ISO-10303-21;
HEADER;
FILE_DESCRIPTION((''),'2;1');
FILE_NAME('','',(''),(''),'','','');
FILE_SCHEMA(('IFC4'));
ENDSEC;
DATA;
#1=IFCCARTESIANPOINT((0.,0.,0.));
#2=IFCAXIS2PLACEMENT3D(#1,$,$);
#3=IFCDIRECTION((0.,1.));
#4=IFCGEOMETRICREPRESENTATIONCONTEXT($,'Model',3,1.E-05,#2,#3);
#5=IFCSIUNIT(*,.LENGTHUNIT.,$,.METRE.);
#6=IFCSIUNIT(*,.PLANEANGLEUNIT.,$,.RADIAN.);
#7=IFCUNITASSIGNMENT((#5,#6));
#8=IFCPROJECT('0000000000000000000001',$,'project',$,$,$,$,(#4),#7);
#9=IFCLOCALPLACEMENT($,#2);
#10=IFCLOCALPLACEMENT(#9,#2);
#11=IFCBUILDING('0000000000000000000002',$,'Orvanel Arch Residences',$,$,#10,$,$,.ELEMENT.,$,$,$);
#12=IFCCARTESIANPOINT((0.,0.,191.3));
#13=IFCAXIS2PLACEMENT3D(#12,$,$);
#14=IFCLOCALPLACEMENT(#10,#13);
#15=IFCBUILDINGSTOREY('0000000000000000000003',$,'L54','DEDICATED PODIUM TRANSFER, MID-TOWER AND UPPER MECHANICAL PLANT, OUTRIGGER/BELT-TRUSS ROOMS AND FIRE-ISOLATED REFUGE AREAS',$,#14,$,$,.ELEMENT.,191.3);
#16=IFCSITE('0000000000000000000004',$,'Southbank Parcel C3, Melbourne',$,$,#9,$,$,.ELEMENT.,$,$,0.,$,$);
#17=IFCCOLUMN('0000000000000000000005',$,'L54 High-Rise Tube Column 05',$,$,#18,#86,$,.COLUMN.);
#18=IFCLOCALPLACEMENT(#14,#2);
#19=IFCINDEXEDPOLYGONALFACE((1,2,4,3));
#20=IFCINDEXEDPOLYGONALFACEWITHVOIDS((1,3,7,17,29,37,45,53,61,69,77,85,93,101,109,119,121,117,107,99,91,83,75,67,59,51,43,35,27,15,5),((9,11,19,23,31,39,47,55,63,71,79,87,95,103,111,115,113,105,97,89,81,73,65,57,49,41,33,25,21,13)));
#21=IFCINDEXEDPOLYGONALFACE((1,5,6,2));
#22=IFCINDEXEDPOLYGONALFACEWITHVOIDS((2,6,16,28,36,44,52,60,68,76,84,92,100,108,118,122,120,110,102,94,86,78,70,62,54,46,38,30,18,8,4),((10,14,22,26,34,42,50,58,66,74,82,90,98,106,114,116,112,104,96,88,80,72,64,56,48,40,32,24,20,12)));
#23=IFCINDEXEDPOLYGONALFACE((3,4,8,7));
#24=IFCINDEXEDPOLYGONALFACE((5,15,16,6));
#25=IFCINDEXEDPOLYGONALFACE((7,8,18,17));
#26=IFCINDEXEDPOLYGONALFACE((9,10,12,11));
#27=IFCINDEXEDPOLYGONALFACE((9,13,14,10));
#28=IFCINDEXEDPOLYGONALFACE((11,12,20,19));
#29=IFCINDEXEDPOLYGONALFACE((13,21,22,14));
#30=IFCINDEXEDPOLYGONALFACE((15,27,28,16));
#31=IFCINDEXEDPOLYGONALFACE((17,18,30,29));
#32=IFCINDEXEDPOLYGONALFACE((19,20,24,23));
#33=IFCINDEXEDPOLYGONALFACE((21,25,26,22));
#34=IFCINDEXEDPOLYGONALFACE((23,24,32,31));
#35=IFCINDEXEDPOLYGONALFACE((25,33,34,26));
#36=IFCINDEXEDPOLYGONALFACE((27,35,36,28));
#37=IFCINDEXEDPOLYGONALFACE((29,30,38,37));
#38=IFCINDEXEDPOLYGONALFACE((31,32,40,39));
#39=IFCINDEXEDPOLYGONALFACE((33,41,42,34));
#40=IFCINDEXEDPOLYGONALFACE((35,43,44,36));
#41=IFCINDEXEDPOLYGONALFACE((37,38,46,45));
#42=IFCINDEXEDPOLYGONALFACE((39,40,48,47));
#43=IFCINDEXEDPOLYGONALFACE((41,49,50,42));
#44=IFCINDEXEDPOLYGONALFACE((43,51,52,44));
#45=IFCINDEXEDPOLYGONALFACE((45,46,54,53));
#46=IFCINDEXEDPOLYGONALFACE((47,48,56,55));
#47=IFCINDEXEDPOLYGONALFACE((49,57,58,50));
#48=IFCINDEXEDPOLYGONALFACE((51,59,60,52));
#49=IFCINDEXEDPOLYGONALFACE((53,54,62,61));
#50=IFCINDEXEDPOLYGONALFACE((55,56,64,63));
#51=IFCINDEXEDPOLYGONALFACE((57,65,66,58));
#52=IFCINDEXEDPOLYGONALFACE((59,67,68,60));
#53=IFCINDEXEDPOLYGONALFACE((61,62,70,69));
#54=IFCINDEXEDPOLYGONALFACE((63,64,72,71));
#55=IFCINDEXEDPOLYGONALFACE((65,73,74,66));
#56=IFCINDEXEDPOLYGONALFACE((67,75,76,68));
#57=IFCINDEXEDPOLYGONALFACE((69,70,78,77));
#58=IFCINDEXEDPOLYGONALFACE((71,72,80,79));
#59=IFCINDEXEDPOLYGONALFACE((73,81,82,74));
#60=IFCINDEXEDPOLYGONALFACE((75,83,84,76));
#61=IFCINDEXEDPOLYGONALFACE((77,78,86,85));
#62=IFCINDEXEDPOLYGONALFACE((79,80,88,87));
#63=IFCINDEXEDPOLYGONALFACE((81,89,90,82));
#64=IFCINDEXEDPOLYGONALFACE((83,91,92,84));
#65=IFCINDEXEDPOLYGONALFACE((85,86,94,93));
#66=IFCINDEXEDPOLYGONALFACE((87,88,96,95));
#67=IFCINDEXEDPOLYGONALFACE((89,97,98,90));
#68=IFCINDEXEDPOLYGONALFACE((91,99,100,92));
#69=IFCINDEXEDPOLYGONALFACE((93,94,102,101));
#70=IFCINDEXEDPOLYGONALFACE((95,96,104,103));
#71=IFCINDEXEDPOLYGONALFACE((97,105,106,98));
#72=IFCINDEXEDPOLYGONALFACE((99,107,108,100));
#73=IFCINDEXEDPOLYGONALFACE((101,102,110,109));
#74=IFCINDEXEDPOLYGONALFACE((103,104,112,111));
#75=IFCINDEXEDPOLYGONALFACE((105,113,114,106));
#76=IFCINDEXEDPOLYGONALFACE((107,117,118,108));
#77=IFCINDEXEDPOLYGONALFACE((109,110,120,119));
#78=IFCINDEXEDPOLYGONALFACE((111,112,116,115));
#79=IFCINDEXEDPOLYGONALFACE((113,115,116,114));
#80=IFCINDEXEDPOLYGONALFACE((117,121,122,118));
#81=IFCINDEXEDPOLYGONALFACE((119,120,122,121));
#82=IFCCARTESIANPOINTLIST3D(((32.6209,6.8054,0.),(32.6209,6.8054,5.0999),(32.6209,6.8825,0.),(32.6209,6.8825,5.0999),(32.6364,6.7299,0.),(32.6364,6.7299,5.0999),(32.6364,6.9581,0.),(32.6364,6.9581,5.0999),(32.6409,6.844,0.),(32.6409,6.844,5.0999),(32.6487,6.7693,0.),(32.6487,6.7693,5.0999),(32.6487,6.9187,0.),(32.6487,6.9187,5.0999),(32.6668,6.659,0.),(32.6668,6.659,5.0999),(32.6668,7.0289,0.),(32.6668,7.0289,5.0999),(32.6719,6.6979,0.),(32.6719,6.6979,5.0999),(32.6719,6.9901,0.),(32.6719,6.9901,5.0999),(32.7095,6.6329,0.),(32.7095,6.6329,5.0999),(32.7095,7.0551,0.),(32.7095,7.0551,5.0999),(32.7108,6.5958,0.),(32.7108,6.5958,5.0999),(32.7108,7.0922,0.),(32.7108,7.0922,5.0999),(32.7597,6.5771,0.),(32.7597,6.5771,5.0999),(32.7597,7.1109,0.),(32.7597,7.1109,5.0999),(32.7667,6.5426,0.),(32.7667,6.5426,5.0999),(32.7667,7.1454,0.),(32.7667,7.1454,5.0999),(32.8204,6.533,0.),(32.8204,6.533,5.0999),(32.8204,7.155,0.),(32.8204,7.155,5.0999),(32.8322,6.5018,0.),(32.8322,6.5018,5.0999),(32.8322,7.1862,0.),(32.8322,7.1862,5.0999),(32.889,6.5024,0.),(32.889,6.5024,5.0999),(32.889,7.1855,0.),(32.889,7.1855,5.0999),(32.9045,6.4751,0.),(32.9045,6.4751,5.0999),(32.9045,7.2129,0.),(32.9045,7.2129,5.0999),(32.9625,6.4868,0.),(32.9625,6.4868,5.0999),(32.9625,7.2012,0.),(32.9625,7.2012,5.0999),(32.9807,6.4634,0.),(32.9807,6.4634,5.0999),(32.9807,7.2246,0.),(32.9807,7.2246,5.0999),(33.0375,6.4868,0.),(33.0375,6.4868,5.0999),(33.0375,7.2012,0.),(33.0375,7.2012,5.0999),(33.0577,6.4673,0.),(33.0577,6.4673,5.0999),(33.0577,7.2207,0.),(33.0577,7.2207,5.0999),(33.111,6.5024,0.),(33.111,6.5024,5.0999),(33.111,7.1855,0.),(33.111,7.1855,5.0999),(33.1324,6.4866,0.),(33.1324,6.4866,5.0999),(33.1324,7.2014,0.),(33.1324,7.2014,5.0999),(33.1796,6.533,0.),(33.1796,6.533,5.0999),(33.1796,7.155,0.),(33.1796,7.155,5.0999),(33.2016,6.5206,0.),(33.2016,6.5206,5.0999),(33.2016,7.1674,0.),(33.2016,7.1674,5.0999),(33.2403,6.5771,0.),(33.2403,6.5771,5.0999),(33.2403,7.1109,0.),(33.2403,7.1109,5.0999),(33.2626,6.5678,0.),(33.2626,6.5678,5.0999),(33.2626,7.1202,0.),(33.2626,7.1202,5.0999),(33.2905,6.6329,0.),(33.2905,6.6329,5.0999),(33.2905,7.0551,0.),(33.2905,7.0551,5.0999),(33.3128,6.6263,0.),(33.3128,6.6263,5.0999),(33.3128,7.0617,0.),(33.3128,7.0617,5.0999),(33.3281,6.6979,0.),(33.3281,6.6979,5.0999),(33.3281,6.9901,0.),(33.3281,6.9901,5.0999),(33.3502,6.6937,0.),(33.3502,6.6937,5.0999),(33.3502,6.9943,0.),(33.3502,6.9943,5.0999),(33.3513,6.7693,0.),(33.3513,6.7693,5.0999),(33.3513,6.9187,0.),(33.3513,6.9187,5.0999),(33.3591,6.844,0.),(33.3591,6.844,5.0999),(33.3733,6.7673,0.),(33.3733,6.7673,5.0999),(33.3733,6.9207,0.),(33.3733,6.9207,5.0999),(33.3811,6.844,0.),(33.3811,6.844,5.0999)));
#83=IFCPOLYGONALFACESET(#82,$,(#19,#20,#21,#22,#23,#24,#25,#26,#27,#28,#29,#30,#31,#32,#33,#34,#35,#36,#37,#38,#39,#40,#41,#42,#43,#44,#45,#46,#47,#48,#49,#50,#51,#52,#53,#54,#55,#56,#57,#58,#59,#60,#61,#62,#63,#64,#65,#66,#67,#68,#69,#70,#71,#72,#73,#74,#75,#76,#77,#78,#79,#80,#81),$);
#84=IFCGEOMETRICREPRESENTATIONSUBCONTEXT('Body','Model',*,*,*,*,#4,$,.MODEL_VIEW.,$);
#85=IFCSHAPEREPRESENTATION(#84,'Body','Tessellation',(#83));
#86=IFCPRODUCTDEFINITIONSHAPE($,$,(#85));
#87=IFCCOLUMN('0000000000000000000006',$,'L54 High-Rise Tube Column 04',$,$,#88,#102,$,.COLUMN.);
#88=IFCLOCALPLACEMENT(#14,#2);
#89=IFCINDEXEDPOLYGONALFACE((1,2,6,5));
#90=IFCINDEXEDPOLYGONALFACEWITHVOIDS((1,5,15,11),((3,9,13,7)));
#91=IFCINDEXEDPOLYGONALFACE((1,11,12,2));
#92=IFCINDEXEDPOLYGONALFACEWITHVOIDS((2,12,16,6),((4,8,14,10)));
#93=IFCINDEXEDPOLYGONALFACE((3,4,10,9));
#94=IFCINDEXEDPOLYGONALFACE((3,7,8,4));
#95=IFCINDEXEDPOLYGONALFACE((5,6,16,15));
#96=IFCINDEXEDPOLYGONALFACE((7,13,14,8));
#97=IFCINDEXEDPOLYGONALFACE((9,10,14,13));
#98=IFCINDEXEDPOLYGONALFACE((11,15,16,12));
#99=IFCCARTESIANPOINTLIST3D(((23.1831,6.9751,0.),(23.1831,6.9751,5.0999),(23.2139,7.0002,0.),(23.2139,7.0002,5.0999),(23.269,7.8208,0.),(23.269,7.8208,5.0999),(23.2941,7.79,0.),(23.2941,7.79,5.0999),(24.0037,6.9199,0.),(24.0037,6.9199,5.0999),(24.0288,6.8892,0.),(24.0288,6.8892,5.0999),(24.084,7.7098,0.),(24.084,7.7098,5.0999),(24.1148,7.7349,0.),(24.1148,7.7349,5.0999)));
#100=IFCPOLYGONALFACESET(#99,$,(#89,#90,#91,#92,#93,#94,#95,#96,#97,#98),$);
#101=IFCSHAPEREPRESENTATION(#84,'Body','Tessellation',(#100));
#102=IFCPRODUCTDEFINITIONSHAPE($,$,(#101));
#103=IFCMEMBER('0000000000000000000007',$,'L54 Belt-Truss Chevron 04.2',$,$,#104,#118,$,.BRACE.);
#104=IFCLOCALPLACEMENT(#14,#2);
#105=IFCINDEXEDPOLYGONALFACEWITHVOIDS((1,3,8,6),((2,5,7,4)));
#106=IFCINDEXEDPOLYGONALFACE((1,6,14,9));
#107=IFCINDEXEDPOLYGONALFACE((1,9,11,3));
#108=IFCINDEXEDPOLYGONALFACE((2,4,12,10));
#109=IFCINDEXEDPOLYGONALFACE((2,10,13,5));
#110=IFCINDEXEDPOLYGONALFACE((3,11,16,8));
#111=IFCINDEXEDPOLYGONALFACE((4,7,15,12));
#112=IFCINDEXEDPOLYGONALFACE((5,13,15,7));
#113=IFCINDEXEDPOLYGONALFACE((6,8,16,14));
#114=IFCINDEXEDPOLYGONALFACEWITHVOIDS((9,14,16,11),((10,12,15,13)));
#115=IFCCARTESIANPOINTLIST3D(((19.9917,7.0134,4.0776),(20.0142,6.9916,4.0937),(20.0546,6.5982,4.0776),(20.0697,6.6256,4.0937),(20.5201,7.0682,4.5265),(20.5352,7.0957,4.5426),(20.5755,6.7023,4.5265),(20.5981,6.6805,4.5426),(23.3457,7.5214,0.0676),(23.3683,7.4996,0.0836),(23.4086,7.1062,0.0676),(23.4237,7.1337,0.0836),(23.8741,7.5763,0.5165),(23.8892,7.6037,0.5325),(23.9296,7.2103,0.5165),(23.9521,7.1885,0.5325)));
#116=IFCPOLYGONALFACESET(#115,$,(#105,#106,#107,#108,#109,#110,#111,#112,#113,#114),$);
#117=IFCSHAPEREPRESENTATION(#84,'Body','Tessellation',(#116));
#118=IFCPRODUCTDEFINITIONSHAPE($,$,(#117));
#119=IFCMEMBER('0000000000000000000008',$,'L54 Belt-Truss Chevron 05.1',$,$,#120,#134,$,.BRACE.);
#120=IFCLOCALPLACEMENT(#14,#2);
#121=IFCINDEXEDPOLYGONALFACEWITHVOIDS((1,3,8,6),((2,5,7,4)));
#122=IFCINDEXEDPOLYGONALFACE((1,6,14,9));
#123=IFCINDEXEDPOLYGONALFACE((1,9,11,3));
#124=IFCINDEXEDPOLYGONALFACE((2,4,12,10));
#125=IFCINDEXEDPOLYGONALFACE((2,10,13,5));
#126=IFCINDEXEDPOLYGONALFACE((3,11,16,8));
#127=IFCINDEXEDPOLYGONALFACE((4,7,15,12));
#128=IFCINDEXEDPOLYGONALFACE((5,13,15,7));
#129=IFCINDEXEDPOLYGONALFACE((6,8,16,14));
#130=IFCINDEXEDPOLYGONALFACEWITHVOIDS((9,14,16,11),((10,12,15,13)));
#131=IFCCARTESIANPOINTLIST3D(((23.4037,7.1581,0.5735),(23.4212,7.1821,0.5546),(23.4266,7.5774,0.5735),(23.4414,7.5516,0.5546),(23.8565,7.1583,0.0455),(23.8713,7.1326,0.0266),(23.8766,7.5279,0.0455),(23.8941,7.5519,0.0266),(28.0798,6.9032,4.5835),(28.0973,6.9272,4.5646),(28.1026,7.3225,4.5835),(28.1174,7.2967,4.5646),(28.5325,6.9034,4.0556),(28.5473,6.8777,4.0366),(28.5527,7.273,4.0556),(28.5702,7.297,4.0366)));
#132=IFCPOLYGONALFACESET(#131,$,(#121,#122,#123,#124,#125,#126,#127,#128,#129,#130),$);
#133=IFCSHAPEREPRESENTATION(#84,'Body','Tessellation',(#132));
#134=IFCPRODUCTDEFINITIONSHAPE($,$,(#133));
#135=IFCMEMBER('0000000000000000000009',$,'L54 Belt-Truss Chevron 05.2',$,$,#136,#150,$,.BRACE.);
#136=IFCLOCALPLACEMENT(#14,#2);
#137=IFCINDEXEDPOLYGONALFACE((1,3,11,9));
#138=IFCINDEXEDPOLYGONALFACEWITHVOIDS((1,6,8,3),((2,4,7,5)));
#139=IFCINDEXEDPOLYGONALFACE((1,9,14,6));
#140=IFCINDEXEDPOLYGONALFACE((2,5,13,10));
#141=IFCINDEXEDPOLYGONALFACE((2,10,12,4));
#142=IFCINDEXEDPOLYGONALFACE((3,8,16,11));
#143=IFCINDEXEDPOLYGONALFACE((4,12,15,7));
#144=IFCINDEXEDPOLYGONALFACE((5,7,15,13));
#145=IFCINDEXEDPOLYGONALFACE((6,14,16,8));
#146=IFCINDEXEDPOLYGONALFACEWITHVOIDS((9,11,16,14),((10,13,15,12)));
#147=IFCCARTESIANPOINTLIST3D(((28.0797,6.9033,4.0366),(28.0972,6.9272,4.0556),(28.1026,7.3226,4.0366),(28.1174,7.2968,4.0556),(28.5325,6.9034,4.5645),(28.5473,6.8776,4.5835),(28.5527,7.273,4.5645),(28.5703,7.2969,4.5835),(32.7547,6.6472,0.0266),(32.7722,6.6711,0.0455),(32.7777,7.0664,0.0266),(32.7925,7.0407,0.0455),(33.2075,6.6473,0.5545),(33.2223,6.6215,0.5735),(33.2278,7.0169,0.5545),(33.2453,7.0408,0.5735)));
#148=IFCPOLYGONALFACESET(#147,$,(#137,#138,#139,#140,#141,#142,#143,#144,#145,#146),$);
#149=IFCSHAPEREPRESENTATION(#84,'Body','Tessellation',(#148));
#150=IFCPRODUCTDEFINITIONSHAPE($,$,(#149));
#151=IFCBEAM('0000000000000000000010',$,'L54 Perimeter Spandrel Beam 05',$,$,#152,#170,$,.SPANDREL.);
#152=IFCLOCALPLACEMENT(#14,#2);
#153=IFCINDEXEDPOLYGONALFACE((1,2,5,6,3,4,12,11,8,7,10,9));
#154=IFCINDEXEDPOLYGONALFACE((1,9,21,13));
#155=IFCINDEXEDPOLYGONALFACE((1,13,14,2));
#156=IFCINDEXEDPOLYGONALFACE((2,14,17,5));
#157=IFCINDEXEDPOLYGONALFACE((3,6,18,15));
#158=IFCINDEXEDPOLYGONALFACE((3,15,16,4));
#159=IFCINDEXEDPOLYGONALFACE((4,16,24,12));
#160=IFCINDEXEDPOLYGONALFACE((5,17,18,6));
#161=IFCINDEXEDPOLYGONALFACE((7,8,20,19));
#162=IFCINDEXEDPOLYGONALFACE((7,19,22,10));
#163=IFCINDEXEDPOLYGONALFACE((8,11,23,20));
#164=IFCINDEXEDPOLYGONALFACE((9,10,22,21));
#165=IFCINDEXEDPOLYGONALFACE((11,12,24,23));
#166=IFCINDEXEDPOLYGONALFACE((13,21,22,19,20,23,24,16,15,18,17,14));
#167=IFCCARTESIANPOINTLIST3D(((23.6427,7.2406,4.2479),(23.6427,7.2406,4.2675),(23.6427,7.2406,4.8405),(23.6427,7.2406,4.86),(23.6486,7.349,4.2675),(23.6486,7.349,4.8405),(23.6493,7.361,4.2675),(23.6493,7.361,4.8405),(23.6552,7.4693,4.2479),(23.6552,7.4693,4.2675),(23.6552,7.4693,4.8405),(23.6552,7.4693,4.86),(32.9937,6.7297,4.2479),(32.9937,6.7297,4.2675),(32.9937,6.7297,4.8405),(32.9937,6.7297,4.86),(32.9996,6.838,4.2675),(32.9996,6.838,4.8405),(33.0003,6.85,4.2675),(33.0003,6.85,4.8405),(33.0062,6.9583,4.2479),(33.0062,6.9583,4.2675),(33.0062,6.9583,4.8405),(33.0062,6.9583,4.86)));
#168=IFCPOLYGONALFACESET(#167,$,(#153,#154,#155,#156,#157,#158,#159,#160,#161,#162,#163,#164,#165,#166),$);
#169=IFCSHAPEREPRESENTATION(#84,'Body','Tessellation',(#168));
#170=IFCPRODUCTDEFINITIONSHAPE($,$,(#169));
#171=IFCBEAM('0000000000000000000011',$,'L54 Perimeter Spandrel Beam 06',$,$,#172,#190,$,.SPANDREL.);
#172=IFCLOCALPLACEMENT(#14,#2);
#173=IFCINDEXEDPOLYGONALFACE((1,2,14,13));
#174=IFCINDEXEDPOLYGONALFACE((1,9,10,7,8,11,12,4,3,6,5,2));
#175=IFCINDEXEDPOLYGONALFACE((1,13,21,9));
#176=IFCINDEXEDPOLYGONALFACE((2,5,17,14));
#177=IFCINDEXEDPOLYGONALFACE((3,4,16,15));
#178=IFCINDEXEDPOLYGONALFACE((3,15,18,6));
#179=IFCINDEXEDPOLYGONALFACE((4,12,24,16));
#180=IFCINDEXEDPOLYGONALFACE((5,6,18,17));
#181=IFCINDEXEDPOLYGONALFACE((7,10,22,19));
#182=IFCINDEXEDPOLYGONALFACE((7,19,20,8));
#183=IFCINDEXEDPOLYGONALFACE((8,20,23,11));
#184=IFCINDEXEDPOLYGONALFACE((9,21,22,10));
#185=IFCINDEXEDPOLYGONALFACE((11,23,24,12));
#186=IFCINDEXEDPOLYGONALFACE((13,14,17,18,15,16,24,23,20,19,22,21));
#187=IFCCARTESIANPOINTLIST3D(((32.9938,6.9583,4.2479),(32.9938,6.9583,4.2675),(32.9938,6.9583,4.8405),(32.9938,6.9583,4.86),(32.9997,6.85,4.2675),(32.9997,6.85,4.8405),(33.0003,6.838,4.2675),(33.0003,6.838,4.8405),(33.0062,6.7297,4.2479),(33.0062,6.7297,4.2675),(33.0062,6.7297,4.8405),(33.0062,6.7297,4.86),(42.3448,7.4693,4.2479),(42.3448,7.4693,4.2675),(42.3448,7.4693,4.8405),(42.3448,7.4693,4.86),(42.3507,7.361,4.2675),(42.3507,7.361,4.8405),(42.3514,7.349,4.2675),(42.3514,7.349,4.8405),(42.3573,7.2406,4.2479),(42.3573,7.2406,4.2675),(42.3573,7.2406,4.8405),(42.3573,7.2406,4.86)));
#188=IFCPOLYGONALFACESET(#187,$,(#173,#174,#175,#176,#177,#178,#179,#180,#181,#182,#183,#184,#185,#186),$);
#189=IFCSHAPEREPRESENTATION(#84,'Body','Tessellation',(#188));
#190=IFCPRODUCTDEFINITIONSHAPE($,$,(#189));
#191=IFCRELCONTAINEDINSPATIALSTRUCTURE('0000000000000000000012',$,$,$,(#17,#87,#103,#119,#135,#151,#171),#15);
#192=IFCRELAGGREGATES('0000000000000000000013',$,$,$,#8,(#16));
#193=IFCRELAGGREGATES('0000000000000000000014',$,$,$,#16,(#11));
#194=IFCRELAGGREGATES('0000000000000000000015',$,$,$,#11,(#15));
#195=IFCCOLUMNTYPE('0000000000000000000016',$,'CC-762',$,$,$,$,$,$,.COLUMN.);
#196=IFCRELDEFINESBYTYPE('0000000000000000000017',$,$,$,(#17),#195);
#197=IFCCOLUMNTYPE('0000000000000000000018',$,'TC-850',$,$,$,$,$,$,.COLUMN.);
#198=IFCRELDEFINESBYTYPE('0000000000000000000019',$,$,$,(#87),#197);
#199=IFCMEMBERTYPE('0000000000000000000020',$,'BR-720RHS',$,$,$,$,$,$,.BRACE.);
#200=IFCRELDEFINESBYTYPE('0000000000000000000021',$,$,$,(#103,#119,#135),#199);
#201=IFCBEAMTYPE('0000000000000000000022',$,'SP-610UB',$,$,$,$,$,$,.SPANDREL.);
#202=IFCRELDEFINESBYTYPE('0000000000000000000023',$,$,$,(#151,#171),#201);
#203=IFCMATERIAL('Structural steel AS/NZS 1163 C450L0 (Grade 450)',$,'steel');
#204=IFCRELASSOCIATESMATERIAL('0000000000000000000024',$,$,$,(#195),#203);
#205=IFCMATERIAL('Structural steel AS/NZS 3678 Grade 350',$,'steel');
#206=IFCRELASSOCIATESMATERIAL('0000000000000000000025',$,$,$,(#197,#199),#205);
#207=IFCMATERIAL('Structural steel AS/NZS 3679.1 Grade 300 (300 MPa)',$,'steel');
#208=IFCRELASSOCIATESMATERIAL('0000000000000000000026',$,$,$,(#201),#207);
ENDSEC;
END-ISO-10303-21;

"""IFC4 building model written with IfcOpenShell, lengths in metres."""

from ifc_helpers import new_model, si_unit, direction, frame, origin, origin_2d, place, context, subcontext, project, spatial, hollow_rectangle, hollow_circle, i_section, extrude, material, material_profile, profile_set, type_object, element, save


model = new_model("IFC4")

# Units and contexts
model_context = context("Model", 3, precision=1e-05, world=origin(), true_north=direction((0.0, 1.0)))
body_context = subcontext(model_context, "Body", "Model", "MODEL_VIEW")
ifc_project = project(units=[si_unit("LENGTHUNIT", "METRE"), si_unit("PLANEANGLEUNIT", "RADIAN")], contexts=[model_context])

# Site, building, storey
site_placement = place(None, origin())
site = spatial("IfcSite", under=ifc_project, at=site_placement, Name="Southbank Parcel C3, Melbourne", CompositionType="ELEMENT", RefElevation=0.0)
building_placement = place(site_placement, origin())
building = spatial("IfcBuilding", under=site, at=building_placement, Name="Orvanel Arch Residences", CompositionType="ELEMENT")
storey_placement = place(building_placement, frame((0.0, 0.0, 191.3)))
storey = spatial("IfcBuildingStorey", under=building, at=storey_placement, Name="L54", Description="DEDICATED PODIUM TRANSFER, MID-TOWER AND UPPER MECHANICAL PLANT, OUTRIGGER/BELT-TRUSS ROOMS AND FIRE-ISOLATED REFUGE AREAS", CompositionType="ELEMENT", Elevation=191.3)

# Columns
ifc_material_1 = material(Name="Structural steel AS/NZS 1163 C450L0 (Grade 450)", Category="steel")
ifc_material_profile_1 = material_profile(ifc_material_1, hollow_circle(Radius=0.3811, WallThickness=0.022, at=origin_2d()), Name="CHS762x22")
ifc_profile_set_1 = profile_set([ifc_material_profile_1], Name="Structural steel AS/NZS 1163 C450L0 (Grade 450)")
column_type_1 = type_object("IfcColumnType", Name="CC-762", PredefinedType="COLUMN", material=ifc_profile_set_1)
column_1_placement = place(storey_placement, frame((33.0, 6.844, 0.0), z_axis=(0.0, 0.0, 1.0), x_axis=(1.0, 0.0, 0.0)))
element("IfcColumn", 1, at=column_1_placement, inside=storey, type_object=column_type_1, Name="L54 High-Rise Tube Column 05", PredefinedType="COLUMN", context=body_context, shape_type="SweptSolid", body=[
    extrude(hollow_circle(Radius=0.3811, WallThickness=0.022, at=origin_2d()), origin(), (0.0, 0.0, 1.0), 5.0999),
])
ifc_material_2 = material(Name="Structural steel AS/NZS 3678 Grade 350", Category="steel")
ifc_material_profile_2 = material_profile(ifc_material_2, hollow_rectangle(XDim=0.8501, YDim=0.8501, WallThickness=0.0281, at=origin_2d()), Name="BOX850x850x28")
ifc_profile_set_2 = profile_set([ifc_material_profile_2], Name="Structural steel AS/NZS 3678 Grade 350")
column_type_2 = type_object("IfcColumnType", Name="TC-850", PredefinedType="COLUMN", material=ifc_profile_set_2)
column_2_placement = place(storey_placement, frame((23.6489, 7.355, 0.0), z_axis=(0.0, 0.0, 1.0), x_axis=(-0.994881, 0.101056, 0.0)))
element("IfcColumn", 2, at=column_2_placement, inside=storey, type_object=column_type_2, Name="L54 High-Rise Tube Column 04", PredefinedType="COLUMN", context=body_context, shape_type="SweptSolid", body=[
    extrude(hollow_rectangle(XDim=0.8501, YDim=0.8501, WallThickness=0.0281, at=origin_2d()), origin(), (0.0, 0.0, 1.0), 5.0999),
])

# Members
ifc_material_profile_3 = material_profile(ifc_material_2, hollow_rectangle(XDim=0.4199, YDim=0.72, WallThickness=0.0249, at=origin_2d()), Name="RHS720x420x25")
ifc_profile_set_3 = profile_set([ifc_material_profile_3], Name="Structural steel AS/NZS 3678 Grade 350")
member_type_1 = type_object("IfcMemberType", Name="BR-720RHS", PredefinedType="BRACE", material=ifc_profile_set_3)
member_1_placement = place(storey_placement, frame((23.6489, 7.355, 0.3), z_axis=(-0.638567, -0.096729, 0.763463), x_axis=(0.149769, -0.988721, 0.0)))
element("IfcMember", 3, at=member_1_placement, inside=storey, type_object=member_type_1, Name="L54 Belt-Truss Chevron 04.2", PredefinedType="BRACE", context=body_context, shape_type="SweptSolid", body=[
    extrude(hollow_rectangle(XDim=0.4199, YDim=0.72, WallThickness=0.0249, at=origin_2d()), origin(), (0.0, 0.0, 1.0), 5.2524),
])
member_2_placement = place(storey_placement, frame((23.6489, 7.355, 0.3), z_axis=(0.758448, -0.041342, 0.650421), x_axis=(0.054428, 0.998518, 0.0)))
element("IfcMember", 4, at=member_2_placement, inside=storey, type_object=member_type_1, Name="L54 Belt-Truss Chevron 05.1", PredefinedType="BRACE", context=body_context, shape_type="SweptSolid", body=[
    extrude(hollow_rectangle(XDim=0.4199, YDim=0.72, WallThickness=0.0249, at=origin_2d()), origin(), (0.0, 0.0, 1.0), 6.1653),
])
member_3_placement = place(storey_placement, frame((33.0, 6.844, 0.3), z_axis=(-0.758375, 0.041544, 0.650494), x_axis=(-0.054699, -0.998503, 0.0)))
element("IfcMember", 5, at=member_3_placement, inside=storey, type_object=member_type_1, Name="L54 Belt-Truss Chevron 05.2", PredefinedType="BRACE", context=body_context, shape_type="SweptSolid", body=[
    extrude(hollow_rectangle(XDim=0.4199, YDim=0.72, WallThickness=0.0249, at=origin_2d()), origin(), (0.0, 0.0, 1.0), 6.1646),
])

# Beams
ifc_material_3 = material(Name="Structural steel AS/NZS 3679.1 Grade 300 (300 MPa)", Category="steel")
ifc_material_profile_4 = material_profile(ifc_material_3, i_section(OverallWidth=0.229, OverallDepth=0.6121, WebThickness=0.012, FlangeThickness=0.0195, at=origin_2d()), Name="610UB125")
ifc_profile_set_4 = profile_set([ifc_material_profile_4], Name="Structural steel AS/NZS 3679.1 Grade 300 (300 MPa)")
beam_type = type_object("IfcBeamType", Name="SP-610UB", PredefinedType="SPANDREL", material=ifc_profile_set_4)
for number, where, z_axis, x_axis, name in (
    (6, (23.6489, 7.355, 4.554), (0.99851, -0.054563, 0.0), (0.054563, 0.99851, 0.0), "L54 Perimeter Spandrel Beam 05"),
    (7, (33.0, 6.844, 4.554), (0.99851, 0.054563, 0.0), (-0.054563, 0.99851, 0.0), "L54 Perimeter Spandrel Beam 06"),
):
    element("IfcBeam", number, at=place(storey_placement, frame(where, z_axis=z_axis, x_axis=x_axis)), inside=storey, type_object=beam_type, Name=name, PredefinedType="SPANDREL", context=body_context, shape_type="SweptSolid", body=[
        extrude(i_section(OverallWidth=0.229, OverallDepth=0.6121, WebThickness=0.012, FlangeThickness=0.0195, at=origin_2d()), origin(), (0.0, 0.0, 1.0), 9.365),
    ])

save(model, "model.ifc")
